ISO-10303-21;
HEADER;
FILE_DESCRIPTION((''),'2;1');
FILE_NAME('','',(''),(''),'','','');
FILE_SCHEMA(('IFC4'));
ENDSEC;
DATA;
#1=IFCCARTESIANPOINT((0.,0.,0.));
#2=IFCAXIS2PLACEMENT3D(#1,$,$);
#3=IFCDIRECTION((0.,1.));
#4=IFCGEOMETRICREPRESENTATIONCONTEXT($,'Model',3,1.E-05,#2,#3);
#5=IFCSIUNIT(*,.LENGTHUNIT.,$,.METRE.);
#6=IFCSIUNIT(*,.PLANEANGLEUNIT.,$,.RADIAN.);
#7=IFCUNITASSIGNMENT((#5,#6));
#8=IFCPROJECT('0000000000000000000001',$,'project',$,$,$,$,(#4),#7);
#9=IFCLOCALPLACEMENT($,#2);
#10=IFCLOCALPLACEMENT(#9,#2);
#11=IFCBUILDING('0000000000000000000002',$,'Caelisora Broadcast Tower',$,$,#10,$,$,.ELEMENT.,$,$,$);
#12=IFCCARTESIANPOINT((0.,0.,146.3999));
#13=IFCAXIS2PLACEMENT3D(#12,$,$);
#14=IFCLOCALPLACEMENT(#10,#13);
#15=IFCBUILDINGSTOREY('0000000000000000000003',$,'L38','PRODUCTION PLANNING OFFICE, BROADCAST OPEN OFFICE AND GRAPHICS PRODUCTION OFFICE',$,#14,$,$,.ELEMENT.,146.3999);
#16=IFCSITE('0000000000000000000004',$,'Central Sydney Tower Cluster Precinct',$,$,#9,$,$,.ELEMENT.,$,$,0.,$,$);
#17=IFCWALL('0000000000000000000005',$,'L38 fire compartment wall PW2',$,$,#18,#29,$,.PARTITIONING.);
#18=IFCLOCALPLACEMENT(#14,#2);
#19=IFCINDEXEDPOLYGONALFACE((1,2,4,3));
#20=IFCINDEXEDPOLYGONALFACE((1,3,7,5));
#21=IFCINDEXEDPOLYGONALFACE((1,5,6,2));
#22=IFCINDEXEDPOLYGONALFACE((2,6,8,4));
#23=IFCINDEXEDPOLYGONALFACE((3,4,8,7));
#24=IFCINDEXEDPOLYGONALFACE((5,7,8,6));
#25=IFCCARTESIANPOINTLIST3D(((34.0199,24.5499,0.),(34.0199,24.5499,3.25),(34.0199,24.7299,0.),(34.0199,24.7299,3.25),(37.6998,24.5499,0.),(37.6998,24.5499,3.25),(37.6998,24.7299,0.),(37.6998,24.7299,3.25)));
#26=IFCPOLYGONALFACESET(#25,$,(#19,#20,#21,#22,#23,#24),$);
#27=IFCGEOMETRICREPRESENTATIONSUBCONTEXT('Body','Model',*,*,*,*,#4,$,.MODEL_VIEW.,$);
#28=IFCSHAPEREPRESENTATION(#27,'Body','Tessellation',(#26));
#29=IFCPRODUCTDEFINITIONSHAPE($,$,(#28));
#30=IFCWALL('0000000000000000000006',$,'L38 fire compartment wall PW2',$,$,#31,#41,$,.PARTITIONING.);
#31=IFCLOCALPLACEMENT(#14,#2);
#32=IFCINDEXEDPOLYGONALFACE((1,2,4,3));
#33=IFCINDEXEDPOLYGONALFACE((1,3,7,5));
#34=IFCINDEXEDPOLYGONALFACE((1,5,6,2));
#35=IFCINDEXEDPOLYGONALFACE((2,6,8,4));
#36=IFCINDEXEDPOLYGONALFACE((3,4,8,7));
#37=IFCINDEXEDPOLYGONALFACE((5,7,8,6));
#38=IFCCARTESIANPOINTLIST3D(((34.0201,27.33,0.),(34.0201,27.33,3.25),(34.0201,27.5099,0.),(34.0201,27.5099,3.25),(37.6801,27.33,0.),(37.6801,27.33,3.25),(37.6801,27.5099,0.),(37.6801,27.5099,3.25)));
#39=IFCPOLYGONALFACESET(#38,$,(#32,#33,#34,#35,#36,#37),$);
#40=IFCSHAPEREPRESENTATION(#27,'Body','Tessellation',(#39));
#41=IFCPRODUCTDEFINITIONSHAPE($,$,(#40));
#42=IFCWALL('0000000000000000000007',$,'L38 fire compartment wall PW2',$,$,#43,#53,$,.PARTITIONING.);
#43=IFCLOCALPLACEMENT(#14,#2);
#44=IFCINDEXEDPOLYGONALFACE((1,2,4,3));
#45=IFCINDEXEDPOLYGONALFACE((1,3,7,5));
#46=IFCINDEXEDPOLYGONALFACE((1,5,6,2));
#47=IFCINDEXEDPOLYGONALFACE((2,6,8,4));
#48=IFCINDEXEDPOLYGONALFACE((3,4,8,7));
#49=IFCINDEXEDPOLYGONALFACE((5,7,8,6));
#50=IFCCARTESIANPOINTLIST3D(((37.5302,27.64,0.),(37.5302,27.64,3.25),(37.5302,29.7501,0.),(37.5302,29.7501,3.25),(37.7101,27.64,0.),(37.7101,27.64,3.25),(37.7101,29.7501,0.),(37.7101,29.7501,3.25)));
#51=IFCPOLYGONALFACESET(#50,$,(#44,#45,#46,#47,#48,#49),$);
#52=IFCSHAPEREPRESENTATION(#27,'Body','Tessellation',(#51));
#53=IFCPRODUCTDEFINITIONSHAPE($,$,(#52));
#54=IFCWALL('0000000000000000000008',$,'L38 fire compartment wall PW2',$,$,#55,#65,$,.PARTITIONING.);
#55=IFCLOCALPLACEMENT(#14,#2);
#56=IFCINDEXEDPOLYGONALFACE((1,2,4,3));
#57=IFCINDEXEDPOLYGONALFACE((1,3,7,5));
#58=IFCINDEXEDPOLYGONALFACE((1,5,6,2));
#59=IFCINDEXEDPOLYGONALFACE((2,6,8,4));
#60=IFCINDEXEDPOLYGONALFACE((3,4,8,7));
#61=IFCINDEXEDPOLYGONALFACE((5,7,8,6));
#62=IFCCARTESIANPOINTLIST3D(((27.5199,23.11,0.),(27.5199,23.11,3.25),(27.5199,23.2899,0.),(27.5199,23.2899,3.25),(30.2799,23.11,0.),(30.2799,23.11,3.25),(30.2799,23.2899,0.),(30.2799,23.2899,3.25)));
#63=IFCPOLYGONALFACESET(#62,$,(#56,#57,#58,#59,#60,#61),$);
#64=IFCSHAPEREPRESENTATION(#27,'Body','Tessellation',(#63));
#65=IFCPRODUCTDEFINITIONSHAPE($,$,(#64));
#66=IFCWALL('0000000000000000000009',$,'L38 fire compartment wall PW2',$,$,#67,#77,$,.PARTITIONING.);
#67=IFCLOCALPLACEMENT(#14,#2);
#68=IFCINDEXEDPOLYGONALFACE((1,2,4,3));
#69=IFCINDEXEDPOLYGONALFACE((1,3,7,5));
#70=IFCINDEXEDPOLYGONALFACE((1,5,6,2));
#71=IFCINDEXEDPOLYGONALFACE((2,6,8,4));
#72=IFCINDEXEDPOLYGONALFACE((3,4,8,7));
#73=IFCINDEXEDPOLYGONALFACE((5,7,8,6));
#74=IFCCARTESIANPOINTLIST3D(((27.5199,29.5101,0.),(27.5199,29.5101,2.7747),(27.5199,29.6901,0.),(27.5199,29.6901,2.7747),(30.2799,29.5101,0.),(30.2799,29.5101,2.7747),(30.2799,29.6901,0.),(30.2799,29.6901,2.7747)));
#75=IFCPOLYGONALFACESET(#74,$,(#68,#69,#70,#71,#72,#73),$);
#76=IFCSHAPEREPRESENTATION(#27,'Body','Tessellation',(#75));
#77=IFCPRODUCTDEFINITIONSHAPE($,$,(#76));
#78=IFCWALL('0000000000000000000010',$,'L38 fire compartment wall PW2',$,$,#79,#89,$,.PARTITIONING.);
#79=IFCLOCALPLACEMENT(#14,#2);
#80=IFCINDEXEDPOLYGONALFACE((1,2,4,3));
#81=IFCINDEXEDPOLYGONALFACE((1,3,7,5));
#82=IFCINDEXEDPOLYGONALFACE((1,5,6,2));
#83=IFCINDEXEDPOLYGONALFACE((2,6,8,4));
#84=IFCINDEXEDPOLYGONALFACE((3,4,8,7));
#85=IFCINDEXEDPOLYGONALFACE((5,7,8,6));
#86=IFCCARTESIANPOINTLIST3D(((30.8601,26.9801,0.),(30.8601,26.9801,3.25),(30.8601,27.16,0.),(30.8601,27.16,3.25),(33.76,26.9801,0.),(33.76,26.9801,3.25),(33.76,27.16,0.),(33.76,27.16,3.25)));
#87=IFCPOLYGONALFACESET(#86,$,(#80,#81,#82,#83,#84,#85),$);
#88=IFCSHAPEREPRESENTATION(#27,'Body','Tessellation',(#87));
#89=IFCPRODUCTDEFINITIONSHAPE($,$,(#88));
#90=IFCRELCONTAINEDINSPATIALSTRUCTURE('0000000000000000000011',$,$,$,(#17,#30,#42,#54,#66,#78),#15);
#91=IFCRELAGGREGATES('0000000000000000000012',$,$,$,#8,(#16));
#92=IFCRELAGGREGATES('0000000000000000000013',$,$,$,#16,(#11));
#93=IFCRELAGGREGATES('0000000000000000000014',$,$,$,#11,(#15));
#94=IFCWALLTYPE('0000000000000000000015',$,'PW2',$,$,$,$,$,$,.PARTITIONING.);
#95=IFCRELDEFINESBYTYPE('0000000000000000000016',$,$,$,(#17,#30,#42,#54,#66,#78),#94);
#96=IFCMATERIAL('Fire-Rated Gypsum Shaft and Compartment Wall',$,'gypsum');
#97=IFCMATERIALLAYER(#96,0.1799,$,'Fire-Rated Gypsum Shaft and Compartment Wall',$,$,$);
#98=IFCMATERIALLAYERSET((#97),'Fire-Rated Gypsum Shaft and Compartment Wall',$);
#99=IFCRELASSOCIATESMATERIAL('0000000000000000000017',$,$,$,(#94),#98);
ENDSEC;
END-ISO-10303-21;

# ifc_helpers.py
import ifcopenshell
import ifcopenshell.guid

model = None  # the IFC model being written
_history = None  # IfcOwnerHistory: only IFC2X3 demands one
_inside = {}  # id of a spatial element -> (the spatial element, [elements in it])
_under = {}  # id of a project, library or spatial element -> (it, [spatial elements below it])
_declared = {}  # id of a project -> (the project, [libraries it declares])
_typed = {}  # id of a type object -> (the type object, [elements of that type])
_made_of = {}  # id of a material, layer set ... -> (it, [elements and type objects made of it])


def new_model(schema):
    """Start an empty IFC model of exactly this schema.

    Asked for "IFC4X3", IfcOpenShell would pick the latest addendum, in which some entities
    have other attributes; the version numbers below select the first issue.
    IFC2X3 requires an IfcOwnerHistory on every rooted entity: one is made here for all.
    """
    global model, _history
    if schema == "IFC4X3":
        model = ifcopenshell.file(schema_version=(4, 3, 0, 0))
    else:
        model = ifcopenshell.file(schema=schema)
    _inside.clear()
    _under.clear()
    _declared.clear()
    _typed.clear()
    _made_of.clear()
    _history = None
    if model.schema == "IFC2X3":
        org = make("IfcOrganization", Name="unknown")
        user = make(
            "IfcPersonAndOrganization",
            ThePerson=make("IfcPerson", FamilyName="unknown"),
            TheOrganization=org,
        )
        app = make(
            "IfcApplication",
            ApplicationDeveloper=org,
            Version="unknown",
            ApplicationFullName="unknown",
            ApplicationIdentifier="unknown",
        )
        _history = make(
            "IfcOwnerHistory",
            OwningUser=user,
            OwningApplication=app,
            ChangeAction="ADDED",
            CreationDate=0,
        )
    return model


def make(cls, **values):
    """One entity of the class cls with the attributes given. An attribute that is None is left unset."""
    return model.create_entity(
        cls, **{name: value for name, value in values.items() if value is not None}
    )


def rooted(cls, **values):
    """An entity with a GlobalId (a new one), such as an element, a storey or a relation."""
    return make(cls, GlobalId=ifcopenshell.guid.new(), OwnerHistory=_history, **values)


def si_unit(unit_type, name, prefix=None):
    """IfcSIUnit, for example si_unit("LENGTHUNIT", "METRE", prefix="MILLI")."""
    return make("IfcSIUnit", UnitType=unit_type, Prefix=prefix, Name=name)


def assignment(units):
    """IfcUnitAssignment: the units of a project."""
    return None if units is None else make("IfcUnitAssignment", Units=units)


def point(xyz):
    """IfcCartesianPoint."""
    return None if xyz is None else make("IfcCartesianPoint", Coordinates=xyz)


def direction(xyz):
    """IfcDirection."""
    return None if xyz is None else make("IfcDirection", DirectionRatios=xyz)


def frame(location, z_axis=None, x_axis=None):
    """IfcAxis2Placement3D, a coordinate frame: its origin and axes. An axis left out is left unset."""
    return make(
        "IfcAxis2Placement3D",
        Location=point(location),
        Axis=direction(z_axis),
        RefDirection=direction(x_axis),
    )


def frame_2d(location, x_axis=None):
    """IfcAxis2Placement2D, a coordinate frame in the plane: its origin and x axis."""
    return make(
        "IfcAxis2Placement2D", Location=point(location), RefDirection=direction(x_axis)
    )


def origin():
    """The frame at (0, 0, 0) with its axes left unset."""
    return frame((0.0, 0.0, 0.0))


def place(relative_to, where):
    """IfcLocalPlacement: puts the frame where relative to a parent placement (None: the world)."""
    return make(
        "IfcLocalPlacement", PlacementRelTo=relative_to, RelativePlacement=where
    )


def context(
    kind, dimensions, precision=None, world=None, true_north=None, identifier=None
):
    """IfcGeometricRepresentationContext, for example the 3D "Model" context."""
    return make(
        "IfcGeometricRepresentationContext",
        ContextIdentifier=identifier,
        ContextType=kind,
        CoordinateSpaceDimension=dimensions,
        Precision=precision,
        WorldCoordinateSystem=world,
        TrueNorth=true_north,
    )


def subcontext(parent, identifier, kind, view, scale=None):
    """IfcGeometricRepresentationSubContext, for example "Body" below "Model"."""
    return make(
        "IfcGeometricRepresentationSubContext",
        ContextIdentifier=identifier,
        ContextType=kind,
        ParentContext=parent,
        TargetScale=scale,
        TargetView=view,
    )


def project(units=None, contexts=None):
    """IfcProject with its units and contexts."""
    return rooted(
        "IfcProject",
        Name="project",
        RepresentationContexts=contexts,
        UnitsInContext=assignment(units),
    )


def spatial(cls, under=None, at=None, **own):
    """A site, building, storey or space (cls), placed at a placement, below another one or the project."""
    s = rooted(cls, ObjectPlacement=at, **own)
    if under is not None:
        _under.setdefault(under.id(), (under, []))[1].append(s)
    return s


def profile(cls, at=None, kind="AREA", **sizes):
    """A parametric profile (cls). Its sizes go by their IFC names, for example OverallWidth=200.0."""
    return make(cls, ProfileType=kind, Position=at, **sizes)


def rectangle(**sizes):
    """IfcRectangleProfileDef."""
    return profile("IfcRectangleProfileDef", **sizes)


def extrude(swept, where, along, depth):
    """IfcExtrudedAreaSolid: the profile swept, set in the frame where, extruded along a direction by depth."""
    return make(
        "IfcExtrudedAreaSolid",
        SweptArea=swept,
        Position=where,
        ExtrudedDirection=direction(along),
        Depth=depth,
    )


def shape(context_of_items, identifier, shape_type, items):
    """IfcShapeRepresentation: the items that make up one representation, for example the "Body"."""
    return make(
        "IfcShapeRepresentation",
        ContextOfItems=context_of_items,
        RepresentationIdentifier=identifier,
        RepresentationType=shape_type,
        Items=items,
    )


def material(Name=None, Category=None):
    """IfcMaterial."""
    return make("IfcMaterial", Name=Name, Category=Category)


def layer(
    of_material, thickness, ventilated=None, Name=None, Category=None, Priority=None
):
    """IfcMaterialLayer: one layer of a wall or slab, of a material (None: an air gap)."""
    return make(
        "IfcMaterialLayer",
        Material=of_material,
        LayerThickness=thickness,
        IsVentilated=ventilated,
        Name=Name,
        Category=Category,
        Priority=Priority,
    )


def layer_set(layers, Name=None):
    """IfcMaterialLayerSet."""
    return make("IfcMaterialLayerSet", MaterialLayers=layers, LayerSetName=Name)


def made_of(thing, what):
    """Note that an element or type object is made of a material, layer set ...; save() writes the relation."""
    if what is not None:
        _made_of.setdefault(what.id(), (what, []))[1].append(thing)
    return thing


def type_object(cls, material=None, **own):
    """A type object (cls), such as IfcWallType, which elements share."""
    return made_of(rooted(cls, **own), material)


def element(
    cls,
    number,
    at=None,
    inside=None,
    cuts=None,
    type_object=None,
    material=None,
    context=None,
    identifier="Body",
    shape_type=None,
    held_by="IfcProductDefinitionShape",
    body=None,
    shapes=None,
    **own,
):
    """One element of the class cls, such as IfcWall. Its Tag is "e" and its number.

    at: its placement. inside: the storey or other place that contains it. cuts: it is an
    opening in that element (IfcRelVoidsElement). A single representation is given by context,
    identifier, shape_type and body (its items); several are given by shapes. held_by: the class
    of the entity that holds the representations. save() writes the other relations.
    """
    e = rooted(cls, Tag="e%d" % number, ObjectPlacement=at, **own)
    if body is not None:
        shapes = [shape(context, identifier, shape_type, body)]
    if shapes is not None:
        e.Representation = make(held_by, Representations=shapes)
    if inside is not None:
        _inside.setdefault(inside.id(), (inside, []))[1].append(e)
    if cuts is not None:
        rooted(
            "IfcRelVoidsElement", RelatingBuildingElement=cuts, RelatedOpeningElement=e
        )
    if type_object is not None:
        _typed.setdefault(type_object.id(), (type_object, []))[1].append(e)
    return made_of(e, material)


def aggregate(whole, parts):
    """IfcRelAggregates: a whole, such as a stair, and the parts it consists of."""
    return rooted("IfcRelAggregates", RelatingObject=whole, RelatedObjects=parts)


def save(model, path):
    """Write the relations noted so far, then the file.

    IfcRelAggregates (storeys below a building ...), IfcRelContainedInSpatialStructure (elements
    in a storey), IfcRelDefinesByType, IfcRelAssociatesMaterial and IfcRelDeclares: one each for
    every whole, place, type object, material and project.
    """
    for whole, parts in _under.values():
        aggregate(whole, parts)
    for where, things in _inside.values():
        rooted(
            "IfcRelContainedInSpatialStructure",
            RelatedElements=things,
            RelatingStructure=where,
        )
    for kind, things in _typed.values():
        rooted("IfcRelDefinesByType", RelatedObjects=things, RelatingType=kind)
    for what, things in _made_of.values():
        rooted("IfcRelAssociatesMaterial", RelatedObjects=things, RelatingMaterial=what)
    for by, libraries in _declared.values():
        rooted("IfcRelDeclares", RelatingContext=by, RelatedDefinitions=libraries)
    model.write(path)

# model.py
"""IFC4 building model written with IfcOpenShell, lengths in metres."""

from ifc_helpers import new_model, si_unit, direction, frame, frame_2d, origin, place, context, subcontext, project, spatial, rectangle, extrude, material, layer, layer_set, type_object, element, save


model = new_model("IFC4")

# Units and contexts
model_context = context("Model", 3, precision=1e-05, world=origin(), true_north=direction((0.0, 1.0)))
body_context = subcontext(model_context, "Body", "Model", "MODEL_VIEW")
ifc_project = project(units=[si_unit("LENGTHUNIT", "METRE"), si_unit("PLANEANGLEUNIT", "RADIAN")], contexts=[model_context])

# Site, building, storey
site_placement = place(None, origin())
site = spatial("IfcSite", under=ifc_project, at=site_placement, Name="Central Sydney Tower Cluster Precinct", CompositionType="ELEMENT", RefElevation=0.0)
building_placement = place(site_placement, origin())
building = spatial("IfcBuilding", under=site, at=building_placement, Name="Caelisora Broadcast Tower", CompositionType="ELEMENT")
storey_placement = place(building_placement, frame((0.0, 0.0, 146.3999)))
storey = spatial("IfcBuildingStorey", under=building, at=storey_placement, Name="L38", Description="PRODUCTION PLANNING OFFICE, BROADCAST OPEN OFFICE AND GRAPHICS PRODUCTION OFFICE", CompositionType="ELEMENT", Elevation=146.3999)

# Shared definitions
ifc_material_1 = material(Name="Fire-Rated Gypsum Shaft and Compartment Wall", Category="gypsum")
ifc_layer_1 = layer(ifc_material_1, 0.1799, Name="Fire-Rated Gypsum Shaft and Compartment Wall")
ifc_layer_set_1 = layer_set([ifc_layer_1], Name="Fire-Rated Gypsum Shaft and Compartment Wall")
wall_type_1 = type_object("IfcWallType", Name="PW2", PredefinedType="PARTITIONING", material=ifc_layer_set_1)

# Walls
wall_1_placement = place(storey_placement, frame((34.02, 24.6399, 0.0), z_axis=(0.0, 0.0, 1.0), x_axis=(1.0, 0.0, 0.0)))
element("IfcWall", 1, at=wall_1_placement, inside=storey, type_object=wall_type_1, Name="L38 fire compartment wall PW2", PredefinedType="PARTITIONING", context=body_context, shape_type="SweptSolid", body=[
    extrude(rectangle(XDim=3.6799, YDim=0.1799, at=frame_2d((1.8398, 0.0))), origin(), (0.0, 0.0, 1.0), 3.25),
])
wall_2_placement = place(storey_placement, frame((34.02, 27.4199, 0.0), z_axis=(0.0, 0.0, 1.0), x_axis=(1.0, 0.0, 0.0)))
element("IfcWall", 2, at=wall_2_placement, inside=storey, type_object=wall_type_1, Name="L38 fire compartment wall PW2", PredefinedType="PARTITIONING", context=body_context, shape_type="SweptSolid", body=[
    extrude(rectangle(XDim=3.6599, YDim=0.1799, at=frame_2d((1.8301, 0.0))), origin(), (0.0, 0.0, 1.0), 3.25),
])
wall_3_placement = place(storey_placement, frame((37.6201, 27.6399, 0.0), z_axis=(0.0, 0.0, 1.0), x_axis=(0.0, 1.0, 0.0)))
element("IfcWall", 3, at=wall_3_placement, inside=storey, type_object=wall_type_1, Name="L38 fire compartment wall PW2", PredefinedType="PARTITIONING", context=body_context, shape_type="SweptSolid", body=[
    extrude(rectangle(XDim=2.1101, YDim=0.1799, at=frame_2d((1.0552, 0.0))), origin(), (0.0, 0.0, 1.0), 3.25),
])

# Walls
wall_4_placement = place(storey_placement, frame((27.52, 23.2, 0.0), z_axis=(0.0, 0.0, 1.0), x_axis=(1.0, 0.0, 0.0)))
element("IfcWall", 4, at=wall_4_placement, inside=storey, type_object=wall_type_1, Name="L38 fire compartment wall PW2", PredefinedType="PARTITIONING", context=body_context, shape_type="SweptSolid", body=[
    extrude(rectangle(XDim=2.76, YDim=0.1799, at=frame_2d((1.3799, 0.0))), origin(), (0.0, 0.0, 1.0), 3.25),
])
wall_5_placement = place(storey_placement, frame((27.52, 29.6001, 0.0), z_axis=(0.0, 0.0, 1.0), x_axis=(1.0, 0.0, 0.0)))
element("IfcWall", 5, at=wall_5_placement, inside=storey, type_object=wall_type_1, Name="L38 fire compartment wall PW2", PredefinedType="PARTITIONING", context=body_context, shape_type="SweptSolid", body=[
    extrude(rectangle(XDim=2.76, YDim=0.1799, at=frame_2d((1.3799, 0.0))), origin(), (0.0, 0.0, 1.0), 2.7747),
])
wall_6_placement = place(storey_placement, frame((30.8601, 27.0701, 0.0), z_axis=(0.0, 0.0, 1.0), x_axis=(1.0, 0.0, 0.0)))
element("IfcWall", 6, at=wall_6_placement, inside=storey, type_object=wall_type_1, Name="L38 fire compartment wall PW2", PredefinedType="PARTITIONING", context=body_context, shape_type="SweptSolid", body=[
    extrude(rectangle(XDim=2.8999, YDim=0.1799, at=frame_2d((1.45, 0.0))), origin(), (0.0, 0.0, 1.0), 3.25),
])

save(model, "model.ifc")
